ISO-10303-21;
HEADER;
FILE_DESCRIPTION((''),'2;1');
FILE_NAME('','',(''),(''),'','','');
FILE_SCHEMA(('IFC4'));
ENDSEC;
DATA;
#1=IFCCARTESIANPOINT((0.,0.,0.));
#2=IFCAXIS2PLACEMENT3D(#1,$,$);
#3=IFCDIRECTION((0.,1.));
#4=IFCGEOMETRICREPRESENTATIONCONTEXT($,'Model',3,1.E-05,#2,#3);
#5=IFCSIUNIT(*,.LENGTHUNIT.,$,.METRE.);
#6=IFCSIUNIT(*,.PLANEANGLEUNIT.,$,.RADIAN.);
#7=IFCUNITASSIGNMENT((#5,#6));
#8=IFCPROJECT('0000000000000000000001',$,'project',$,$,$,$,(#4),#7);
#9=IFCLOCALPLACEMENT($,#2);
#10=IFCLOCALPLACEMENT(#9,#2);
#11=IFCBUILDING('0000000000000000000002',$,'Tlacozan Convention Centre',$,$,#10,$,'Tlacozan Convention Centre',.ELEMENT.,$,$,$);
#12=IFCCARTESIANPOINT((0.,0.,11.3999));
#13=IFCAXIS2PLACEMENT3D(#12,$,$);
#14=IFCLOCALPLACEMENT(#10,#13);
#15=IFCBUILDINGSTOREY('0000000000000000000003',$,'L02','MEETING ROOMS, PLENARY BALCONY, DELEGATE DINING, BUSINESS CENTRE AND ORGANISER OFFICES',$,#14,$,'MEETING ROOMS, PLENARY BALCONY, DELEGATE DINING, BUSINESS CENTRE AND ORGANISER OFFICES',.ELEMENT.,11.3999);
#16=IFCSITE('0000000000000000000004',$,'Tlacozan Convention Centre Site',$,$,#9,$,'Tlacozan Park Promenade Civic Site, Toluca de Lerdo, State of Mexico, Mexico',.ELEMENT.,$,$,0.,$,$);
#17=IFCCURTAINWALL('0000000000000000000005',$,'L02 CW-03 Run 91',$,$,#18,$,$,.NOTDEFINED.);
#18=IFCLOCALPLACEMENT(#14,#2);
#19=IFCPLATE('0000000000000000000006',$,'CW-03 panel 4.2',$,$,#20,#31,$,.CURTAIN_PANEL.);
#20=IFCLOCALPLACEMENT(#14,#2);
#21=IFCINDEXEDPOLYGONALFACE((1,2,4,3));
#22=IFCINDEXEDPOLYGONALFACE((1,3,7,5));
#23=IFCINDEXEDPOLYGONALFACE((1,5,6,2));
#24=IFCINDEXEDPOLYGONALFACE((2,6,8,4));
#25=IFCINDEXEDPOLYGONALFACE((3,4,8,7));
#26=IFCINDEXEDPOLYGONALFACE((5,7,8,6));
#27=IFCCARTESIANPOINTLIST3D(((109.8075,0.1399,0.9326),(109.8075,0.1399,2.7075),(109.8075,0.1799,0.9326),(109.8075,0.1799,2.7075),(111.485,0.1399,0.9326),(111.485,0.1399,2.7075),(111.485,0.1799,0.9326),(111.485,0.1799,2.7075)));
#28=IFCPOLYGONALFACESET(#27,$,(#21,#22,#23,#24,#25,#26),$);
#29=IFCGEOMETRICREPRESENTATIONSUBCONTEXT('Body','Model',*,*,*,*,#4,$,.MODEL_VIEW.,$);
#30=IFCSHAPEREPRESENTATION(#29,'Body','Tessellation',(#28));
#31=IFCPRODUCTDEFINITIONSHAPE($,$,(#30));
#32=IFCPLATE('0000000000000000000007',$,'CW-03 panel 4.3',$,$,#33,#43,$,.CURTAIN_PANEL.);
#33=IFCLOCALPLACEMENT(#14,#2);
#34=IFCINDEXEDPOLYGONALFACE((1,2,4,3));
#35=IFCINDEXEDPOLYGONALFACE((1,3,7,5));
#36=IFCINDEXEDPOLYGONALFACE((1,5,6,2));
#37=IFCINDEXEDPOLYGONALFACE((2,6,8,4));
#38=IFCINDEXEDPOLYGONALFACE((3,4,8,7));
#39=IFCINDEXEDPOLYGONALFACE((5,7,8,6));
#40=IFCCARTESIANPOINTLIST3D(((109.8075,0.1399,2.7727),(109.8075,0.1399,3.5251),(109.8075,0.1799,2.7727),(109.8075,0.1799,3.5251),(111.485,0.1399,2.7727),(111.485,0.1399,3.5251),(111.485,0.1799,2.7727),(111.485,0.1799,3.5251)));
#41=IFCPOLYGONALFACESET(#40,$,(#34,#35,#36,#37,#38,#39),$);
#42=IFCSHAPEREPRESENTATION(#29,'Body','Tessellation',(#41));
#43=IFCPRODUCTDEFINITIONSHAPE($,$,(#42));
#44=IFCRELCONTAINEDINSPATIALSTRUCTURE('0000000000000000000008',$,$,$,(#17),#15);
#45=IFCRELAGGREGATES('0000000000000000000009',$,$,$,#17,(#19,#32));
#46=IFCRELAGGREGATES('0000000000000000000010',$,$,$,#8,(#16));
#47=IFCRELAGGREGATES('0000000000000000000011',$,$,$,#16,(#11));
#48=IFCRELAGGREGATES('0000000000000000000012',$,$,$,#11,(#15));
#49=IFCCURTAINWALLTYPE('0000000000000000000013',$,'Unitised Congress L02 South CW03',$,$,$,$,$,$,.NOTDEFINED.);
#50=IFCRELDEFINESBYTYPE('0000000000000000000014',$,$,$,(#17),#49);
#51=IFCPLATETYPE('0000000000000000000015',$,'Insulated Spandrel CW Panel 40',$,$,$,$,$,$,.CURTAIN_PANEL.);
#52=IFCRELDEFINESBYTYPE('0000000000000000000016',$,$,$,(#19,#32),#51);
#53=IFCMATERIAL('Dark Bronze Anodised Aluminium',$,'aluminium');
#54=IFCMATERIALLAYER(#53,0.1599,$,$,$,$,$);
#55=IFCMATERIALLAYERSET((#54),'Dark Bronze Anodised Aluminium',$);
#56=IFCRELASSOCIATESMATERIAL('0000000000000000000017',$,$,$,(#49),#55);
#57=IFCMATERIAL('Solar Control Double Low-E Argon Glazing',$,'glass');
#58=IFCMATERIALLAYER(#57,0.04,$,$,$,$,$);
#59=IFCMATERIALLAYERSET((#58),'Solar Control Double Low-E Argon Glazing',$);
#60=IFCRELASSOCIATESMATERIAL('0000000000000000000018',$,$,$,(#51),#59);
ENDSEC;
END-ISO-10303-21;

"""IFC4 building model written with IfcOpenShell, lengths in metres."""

from ifc_helpers import new_model, si_unit, direction, frame, origin, origin_2d, place, context, subcontext, project, spatial, rectangle, extrude, material, layer, layer_set, type_object, element, aggregate, save


model = new_model("IFC4")

# Units and contexts
model_context = context("Model", 3, precision=1e-05, world=origin(), true_north=direction((0.0, 1.0)))
body_context = subcontext(model_context, "Body", "Model", "MODEL_VIEW")
ifc_project = project(units=[si_unit("LENGTHUNIT", "METRE"), si_unit("PLANEANGLEUNIT", "RADIAN")], contexts=[model_context])

# Site, building, storey
site_placement = place(None, origin())
site = spatial("IfcSite", under=ifc_project, at=site_placement, Name="Tlacozan Convention Centre Site", LongName="Tlacozan Park Promenade Civic Site, Toluca de Lerdo, State of Mexico, Mexico", CompositionType="ELEMENT", RefElevation=0.0)
building_placement = place(site_placement, origin())
building = spatial("IfcBuilding", under=site, at=building_placement, Name="Tlacozan Convention Centre", LongName="Tlacozan Convention Centre", CompositionType="ELEMENT")
storey_placement = place(building_placement, frame((0.0, 0.0, 11.3999)))
storey = spatial("IfcBuildingStorey", under=building, at=storey_placement, Name="L02", Description="MEETING ROOMS, PLENARY BALCONY, DELEGATE DINING, BUSINESS CENTRE AND ORGANISER OFFICES", LongName="MEETING ROOMS, PLENARY BALCONY, DELEGATE DINING, BUSINESS CENTRE AND ORGANISER OFFICES", CompositionType="ELEMENT", Elevation=11.3999)

# Curtain wall
ifc_material_1 = material(Name="Dark Bronze Anodised Aluminium", Category="aluminium")
ifc_layer_1 = layer(ifc_material_1, 0.1599)
ifc_layer_set_1 = layer_set([ifc_layer_1], Name="Dark Bronze Anodised Aluminium")
curtain_wall_type = type_object("IfcCurtainWallType", Name="Unitised Congress L02 South CW03", PredefinedType="NOTDEFINED", material=ifc_layer_set_1)
curtain_wall_1_placement = place(storey_placement, origin())
curtain_wall_1 = element("IfcCurtainWall", 1, at=curtain_wall_1_placement, inside=storey, type_object=curtain_wall_type, Name="L02 CW-03 Run 91", PredefinedType="NOTDEFINED")

# Plates
ifc_material_2 = material(Name="Solar Control Double Low-E Argon Glazing", Category="glass")
ifc_layer_2 = layer(ifc_material_2, 0.04)
ifc_layer_set_2 = layer_set([ifc_layer_2], Name="Solar Control Double Low-E Argon Glazing")
plate_type_1 = type_object("IfcPlateType", Name="Insulated Spandrel CW Panel 40", PredefinedType="CURTAIN_PANEL", material=ifc_layer_set_2)
plate_1_placement = place(storey_placement, frame((110.6462, 0.1599, 0.9326), z_axis=(0.0, 0.0, 1.0), x_axis=(1.0, 0.0, 0.0)))
plate_1 = element("IfcPlate", 2, at=plate_1_placement, type_object=plate_type_1, Name="CW-03 panel 4.2", PredefinedType="CURTAIN_PANEL", context=body_context, shape_type="SweptSolid", body=[
    extrude(rectangle(XDim=1.6775, YDim=0.04, at=origin_2d()), origin(), (0.0, 0.0, 1.0), 1.7749),
])
plate_2_placement = place(storey_placement, frame((110.6462, 0.1599, 2.7727), z_axis=(0.0, 0.0, 1.0), x_axis=(1.0, 0.0, 0.0)))
plate_2 = element("IfcPlate", 3, at=plate_2_placement, type_object=plate_type_1, Name="CW-03 panel 4.3", PredefinedType="CURTAIN_PANEL", context=body_context, shape_type="SweptSolid", body=[
    extrude(rectangle(XDim=1.6775, YDim=0.04, at=origin_2d()), origin(), (0.0, 0.0, 1.0), 0.7524),
])
aggregate(curtain_wall_1, [plate_1, plate_2])

save(model, "model.ifc")
